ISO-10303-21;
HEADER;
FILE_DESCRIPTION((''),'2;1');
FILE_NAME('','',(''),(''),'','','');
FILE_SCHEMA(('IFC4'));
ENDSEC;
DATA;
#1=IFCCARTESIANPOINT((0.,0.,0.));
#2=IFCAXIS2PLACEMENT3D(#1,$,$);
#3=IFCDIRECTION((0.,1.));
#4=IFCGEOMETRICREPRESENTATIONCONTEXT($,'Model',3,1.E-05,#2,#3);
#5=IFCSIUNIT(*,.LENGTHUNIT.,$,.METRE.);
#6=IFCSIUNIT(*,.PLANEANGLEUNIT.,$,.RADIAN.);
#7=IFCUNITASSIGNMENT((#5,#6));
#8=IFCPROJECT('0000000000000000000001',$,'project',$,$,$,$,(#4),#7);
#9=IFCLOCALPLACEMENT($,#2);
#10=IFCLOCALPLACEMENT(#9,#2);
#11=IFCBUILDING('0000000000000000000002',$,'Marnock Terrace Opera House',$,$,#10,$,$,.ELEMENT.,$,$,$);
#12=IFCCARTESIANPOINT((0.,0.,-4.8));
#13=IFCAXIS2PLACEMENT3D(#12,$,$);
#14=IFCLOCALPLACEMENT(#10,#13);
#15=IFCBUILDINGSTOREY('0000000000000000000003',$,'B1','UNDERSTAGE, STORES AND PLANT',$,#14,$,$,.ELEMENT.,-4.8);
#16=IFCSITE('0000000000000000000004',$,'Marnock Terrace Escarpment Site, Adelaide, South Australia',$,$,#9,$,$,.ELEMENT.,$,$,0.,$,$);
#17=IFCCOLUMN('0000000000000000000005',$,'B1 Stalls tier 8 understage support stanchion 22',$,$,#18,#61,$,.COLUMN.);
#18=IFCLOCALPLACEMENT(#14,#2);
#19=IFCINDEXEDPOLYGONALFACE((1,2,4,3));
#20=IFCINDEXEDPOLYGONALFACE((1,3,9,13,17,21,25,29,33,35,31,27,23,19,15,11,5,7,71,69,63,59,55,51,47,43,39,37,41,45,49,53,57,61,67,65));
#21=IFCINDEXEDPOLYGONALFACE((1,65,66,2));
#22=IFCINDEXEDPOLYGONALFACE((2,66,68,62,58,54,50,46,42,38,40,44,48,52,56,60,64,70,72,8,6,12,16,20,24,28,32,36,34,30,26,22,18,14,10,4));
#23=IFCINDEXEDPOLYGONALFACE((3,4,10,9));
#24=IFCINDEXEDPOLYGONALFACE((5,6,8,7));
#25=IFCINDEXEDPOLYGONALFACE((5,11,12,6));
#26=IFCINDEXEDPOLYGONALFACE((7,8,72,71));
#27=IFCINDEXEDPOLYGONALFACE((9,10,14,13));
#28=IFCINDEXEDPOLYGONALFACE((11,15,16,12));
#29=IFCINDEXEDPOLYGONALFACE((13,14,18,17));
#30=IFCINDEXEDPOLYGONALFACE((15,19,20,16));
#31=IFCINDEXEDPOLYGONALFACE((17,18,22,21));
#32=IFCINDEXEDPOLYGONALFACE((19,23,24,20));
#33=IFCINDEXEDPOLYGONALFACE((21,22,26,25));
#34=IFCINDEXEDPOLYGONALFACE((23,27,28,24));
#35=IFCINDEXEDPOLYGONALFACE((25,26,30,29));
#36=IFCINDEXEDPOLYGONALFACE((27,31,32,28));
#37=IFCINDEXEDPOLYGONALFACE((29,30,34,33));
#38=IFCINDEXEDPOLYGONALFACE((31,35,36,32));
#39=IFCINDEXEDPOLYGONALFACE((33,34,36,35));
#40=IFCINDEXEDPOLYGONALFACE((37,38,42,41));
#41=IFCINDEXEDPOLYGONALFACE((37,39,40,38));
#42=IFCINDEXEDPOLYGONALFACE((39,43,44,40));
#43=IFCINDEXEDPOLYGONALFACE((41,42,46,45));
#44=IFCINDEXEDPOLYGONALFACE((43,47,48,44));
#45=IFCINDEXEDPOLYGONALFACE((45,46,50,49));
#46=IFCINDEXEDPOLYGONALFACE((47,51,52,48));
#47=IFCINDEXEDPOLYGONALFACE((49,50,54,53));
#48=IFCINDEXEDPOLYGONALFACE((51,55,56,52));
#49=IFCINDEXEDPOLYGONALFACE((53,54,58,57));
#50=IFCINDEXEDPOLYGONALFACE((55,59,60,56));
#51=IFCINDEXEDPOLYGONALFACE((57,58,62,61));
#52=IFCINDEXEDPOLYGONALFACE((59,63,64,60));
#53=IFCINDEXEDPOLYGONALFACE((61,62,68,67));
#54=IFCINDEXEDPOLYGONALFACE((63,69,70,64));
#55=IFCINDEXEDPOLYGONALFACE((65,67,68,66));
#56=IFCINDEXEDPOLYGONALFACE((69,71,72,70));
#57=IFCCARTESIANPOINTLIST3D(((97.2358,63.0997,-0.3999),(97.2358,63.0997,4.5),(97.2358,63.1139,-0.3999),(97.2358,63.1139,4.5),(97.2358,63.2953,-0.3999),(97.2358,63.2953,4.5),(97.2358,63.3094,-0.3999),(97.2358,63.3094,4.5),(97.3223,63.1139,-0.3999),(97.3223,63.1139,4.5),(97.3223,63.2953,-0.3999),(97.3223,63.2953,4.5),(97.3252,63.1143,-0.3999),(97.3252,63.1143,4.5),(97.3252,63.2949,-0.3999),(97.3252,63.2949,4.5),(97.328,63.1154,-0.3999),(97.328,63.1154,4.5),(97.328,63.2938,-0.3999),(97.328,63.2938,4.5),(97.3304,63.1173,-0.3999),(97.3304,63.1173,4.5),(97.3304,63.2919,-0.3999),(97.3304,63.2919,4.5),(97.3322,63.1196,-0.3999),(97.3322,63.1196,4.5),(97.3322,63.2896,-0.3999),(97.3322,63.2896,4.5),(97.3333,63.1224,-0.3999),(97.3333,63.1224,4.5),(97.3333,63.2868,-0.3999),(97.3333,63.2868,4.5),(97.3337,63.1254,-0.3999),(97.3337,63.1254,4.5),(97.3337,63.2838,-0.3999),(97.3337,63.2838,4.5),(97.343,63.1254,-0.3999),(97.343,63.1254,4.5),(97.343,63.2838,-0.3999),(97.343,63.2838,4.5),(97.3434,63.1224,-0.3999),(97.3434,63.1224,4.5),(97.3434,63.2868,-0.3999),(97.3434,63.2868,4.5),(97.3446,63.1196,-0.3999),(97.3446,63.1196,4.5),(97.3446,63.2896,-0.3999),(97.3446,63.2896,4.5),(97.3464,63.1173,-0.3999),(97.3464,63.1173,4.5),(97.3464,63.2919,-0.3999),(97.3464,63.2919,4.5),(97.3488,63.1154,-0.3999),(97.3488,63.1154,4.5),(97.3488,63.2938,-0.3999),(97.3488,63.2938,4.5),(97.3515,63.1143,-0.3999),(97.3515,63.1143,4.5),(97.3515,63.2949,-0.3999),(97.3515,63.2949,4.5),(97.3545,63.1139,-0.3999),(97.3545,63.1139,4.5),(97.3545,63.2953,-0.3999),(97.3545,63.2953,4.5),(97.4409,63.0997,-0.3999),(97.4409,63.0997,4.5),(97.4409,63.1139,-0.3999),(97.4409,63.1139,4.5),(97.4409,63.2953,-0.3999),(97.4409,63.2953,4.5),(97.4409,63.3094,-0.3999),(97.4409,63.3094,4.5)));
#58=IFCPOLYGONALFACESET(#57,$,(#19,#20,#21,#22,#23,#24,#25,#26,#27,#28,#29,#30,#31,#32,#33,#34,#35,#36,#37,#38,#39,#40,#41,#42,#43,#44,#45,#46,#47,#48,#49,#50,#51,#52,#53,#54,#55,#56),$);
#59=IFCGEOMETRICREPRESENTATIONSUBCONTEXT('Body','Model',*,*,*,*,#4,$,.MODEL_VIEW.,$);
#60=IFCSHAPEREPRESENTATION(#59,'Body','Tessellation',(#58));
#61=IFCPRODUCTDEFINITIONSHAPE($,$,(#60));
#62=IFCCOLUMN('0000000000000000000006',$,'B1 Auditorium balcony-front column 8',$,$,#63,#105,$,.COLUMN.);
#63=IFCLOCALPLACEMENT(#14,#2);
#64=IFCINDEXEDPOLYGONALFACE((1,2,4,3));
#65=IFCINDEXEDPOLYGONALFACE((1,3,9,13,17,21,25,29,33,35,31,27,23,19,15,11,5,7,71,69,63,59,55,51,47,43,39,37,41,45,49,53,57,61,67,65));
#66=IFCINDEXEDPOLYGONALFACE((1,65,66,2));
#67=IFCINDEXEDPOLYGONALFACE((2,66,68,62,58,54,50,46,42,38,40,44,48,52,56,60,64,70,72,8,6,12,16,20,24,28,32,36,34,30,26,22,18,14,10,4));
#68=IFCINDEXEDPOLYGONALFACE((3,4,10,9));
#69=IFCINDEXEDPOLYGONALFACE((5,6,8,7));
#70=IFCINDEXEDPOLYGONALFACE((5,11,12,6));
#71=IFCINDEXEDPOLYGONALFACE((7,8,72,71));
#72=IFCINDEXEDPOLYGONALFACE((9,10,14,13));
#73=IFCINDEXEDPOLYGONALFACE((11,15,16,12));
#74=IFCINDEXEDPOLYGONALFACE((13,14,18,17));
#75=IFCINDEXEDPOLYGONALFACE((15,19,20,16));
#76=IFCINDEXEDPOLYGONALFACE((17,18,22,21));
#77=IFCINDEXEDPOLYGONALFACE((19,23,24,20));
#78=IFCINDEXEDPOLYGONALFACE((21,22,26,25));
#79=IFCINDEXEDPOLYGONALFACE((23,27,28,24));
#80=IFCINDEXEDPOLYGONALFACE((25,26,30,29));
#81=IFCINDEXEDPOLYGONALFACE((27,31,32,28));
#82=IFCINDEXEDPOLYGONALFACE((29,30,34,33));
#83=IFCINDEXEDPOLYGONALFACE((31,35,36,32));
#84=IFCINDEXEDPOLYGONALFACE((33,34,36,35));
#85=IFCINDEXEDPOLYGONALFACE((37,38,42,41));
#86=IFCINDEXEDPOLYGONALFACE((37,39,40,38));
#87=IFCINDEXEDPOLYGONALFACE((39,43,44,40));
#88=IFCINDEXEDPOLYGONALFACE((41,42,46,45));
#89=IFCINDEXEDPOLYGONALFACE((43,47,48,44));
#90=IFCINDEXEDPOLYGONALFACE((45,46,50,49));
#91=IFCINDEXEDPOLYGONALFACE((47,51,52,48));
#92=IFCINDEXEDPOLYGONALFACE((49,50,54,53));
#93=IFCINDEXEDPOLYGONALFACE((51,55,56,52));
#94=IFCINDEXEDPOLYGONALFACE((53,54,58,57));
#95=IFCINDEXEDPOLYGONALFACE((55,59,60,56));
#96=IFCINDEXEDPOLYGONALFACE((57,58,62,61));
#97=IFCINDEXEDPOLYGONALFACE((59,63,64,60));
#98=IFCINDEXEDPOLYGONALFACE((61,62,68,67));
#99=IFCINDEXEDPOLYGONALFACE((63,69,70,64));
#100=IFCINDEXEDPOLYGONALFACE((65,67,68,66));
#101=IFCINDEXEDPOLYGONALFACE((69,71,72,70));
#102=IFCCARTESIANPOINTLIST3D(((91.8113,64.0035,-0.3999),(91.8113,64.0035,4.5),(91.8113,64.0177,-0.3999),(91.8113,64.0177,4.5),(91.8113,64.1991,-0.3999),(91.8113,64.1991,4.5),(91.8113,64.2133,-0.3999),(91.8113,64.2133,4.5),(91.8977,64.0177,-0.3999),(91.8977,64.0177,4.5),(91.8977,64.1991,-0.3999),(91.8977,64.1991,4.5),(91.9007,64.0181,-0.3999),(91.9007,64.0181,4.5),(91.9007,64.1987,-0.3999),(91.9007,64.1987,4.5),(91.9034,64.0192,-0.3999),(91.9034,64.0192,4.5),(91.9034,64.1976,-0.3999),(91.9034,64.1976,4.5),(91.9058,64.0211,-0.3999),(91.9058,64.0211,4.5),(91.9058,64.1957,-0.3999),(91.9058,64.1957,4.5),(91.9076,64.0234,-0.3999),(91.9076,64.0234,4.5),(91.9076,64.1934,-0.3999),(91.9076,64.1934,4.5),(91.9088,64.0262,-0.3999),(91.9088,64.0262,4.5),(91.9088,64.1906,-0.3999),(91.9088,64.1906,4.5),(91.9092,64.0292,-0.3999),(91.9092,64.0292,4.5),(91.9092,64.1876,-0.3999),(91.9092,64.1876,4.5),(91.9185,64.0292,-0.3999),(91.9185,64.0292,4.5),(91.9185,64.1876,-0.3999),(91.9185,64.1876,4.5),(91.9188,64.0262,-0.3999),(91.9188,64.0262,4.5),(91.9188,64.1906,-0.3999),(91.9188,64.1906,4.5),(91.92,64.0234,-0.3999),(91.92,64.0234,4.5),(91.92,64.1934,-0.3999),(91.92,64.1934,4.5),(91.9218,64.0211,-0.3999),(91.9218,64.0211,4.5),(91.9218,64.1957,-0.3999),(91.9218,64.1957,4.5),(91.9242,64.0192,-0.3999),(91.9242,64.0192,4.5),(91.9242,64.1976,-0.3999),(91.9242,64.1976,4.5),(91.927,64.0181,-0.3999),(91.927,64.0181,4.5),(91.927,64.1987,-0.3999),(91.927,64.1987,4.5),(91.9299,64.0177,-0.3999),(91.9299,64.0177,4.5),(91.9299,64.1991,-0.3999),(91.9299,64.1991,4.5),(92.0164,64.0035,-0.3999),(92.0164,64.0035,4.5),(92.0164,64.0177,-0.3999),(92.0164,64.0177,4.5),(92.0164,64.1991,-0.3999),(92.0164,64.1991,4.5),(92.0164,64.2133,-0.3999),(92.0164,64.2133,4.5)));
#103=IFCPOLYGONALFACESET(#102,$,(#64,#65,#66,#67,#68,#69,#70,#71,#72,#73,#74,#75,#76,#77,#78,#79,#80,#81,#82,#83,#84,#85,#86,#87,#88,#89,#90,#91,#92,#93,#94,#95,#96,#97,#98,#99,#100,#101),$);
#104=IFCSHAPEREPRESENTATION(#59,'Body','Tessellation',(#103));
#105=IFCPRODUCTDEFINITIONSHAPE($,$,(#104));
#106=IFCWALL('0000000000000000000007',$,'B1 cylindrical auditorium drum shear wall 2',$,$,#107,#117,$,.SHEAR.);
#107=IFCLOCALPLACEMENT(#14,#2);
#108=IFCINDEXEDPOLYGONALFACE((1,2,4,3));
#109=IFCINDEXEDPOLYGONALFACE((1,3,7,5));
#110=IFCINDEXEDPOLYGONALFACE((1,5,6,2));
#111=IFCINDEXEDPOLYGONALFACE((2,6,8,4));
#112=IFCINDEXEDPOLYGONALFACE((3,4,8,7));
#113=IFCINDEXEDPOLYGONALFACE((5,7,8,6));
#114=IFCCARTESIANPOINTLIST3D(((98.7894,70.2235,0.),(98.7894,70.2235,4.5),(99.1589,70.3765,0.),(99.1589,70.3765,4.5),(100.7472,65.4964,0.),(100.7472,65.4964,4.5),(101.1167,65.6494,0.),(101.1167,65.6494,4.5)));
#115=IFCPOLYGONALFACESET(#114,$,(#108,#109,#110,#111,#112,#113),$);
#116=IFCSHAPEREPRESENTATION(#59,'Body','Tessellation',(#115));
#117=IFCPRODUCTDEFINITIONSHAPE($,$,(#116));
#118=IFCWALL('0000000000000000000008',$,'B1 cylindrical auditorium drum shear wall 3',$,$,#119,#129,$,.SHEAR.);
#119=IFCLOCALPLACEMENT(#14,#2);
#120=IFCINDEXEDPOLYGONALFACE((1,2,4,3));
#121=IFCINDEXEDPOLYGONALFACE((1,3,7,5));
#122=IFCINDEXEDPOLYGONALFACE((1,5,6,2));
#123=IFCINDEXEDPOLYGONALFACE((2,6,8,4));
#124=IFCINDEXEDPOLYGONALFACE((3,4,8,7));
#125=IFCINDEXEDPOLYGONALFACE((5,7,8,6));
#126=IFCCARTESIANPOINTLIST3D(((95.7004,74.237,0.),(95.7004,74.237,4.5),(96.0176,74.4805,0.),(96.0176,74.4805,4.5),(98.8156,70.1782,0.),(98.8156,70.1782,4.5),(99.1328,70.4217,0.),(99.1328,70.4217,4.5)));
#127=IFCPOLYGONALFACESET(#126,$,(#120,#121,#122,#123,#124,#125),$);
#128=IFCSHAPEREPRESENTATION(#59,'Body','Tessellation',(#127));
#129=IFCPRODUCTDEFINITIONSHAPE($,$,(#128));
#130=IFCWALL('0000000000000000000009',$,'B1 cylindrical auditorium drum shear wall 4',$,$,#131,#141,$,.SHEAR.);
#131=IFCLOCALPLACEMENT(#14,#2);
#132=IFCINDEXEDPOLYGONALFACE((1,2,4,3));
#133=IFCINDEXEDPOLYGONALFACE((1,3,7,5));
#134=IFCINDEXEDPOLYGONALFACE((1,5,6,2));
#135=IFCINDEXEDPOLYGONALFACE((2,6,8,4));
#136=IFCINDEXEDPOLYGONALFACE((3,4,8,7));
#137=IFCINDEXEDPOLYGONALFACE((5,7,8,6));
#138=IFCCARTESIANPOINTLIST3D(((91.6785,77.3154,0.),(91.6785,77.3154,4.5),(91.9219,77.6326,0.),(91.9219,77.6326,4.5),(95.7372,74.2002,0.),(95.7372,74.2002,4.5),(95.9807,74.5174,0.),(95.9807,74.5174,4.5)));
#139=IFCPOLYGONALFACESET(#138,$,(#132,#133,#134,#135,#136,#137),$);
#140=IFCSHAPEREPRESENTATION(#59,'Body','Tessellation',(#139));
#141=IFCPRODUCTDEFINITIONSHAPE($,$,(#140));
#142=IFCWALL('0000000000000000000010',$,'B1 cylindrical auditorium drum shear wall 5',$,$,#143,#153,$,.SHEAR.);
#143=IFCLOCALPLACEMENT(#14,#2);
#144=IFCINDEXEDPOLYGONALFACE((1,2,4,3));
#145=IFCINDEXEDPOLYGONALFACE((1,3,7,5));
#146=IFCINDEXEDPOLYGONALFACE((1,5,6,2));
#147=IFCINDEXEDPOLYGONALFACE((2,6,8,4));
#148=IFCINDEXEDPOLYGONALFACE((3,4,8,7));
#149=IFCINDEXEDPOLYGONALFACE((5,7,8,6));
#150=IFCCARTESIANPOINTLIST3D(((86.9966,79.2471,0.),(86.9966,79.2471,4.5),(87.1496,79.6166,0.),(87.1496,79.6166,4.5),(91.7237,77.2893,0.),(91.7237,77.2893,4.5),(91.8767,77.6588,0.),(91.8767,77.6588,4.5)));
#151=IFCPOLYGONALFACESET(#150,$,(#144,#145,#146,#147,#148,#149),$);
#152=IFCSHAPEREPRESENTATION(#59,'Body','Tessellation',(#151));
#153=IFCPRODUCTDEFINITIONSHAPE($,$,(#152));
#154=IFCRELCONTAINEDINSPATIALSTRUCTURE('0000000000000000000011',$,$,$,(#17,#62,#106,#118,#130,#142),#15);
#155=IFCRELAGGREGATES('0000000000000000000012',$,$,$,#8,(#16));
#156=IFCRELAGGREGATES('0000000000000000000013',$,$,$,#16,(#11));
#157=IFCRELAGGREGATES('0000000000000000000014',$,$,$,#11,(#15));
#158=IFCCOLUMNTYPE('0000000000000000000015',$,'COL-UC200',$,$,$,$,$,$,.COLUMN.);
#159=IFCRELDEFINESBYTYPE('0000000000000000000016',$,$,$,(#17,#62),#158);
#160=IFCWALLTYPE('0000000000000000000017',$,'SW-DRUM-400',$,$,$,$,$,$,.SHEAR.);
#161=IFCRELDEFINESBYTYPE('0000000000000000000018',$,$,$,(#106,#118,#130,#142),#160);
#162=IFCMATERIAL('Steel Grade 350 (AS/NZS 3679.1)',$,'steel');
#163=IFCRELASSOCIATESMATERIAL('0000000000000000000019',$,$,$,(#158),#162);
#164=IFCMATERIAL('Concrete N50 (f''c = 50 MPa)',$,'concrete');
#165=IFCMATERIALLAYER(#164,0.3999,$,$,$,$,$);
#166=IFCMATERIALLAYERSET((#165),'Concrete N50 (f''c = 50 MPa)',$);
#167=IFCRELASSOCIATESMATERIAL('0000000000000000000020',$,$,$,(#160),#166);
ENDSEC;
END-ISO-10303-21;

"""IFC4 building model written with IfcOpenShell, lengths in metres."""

from ifc_helpers import new_model, si_unit, direction, frame, frame_2d, origin, origin_2d, place, context, subcontext, project, spatial, rectangle, i_section, extrude, material, layer, layer_set, material_profile, profile_set, type_object, element, save


model = new_model("IFC4")

# Units and contexts
model_context = context("Model", 3, precision=1e-05, world=origin(), true_north=direction((0.0, 1.0)))
body_context = subcontext(model_context, "Body", "Model", "MODEL_VIEW")
ifc_project = project(units=[si_unit("LENGTHUNIT", "METRE"), si_unit("PLANEANGLEUNIT", "RADIAN")], contexts=[model_context])

# Site, building, storey
site_placement = place(None, origin())
site = spatial("IfcSite", under=ifc_project, at=site_placement, Name="Marnock Terrace Escarpment Site, Adelaide, South Australia", CompositionType="ELEMENT", RefElevation=0.0)
building_placement = place(site_placement, origin())
building = spatial("IfcBuilding", under=site, at=building_placement, Name="Marnock Terrace Opera House", CompositionType="ELEMENT")
storey_placement = place(building_placement, frame((0.0, 0.0, -4.8)))
storey = spatial("IfcBuildingStorey", under=building, at=storey_placement, Name="B1", Description="UNDERSTAGE, STORES AND PLANT", CompositionType="ELEMENT", Elevation=-4.8)

# Columns
ifc_material_1 = material(Name="Concrete N50 (f'c = 50 MPa)", Category="concrete")
ifc_material_2 = material(Name="Steel Grade 350 (AS/NZS 3679.1)", Category="steel")
ifc_material_profile_1 = material_profile(ifc_material_2, i_section(OverallWidth=0.2051, OverallDepth=0.2097, WebThickness=0.0093, FlangeThickness=0.0142, FilletRadius=0.0115, at=origin_2d()))
ifc_profile_set_1 = profile_set([ifc_material_profile_1], Name="Steel Grade 350 (AS/NZS 3679.1)")
column_type_1 = type_object("IfcColumnType", Name="COL-UC200", PredefinedType="COLUMN", material=ifc_profile_set_1)
for number, where, z_axis, x_axis, name in (
    (1, (97.3384, 63.2046, -0.3999), (0.0, 0.0, 1.0), (1.0, 0.0, 0.0), "B1 Stalls tier 8 understage support stanchion 22"),
    (2, (91.9138, 64.1084, -0.3999), (0.0, 0.0, 1.0), (1.0, 0.0, 0.0), "B1 Auditorium balcony-front column 8"),
):
    element("IfcColumn", number, at=place(storey_placement, frame(where, z_axis=z_axis, x_axis=x_axis)), inside=storey, type_object=column_type_1, Name=name, PredefinedType="COLUMN", context=body_context, shape_type="SweptSolid", body=[
        extrude(i_section(OverallWidth=0.2051, OverallDepth=0.2097, WebThickness=0.0093, FlangeThickness=0.0142, FilletRadius=0.0115, at=origin_2d()), origin(), (0.0, 0.0, 1.0), 4.8999),
    ])

# Walls
ifc_layer_1 = layer(ifc_material_1, 0.3999)
ifc_layer_set_1 = layer_set([ifc_layer_1], Name="Concrete N50 (f'c = 50 MPa)")
wall_type = type_object("IfcWallType", Name="SW-DRUM-400", PredefinedType="SHEAR", material=ifc_layer_set_1)
for number, where, z_axis, x_axis, name in (
    (3, (100.9319, 65.573, 0.0), (0.0, 0.0, 1.0), (-0.382643, 0.923896, 0.0), "B1 cylindrical auditorium drum shear wall 2"),
    (4, (98.9741, 70.3, 0.0), (0.0, 0.0, 1.0), (-0.608857, 0.79328, 0.0), "B1 cylindrical auditorium drum shear wall 3"),
    (5, (95.8589, 74.3589, 0.0), (0.0, 0.0, 1.0), (-0.79328, 0.608857, 0.0), "B1 cylindrical auditorium drum shear wall 4"),
    (6, (91.8, 77.4741, 0.0), (0.0, 0.0, 1.0), (-0.923896, 0.382643, 0.0), "B1 cylindrical auditorium drum shear wall 5"),
):
    element("IfcWall", number, at=place(storey_placement, frame(where, z_axis=z_axis, x_axis=x_axis)), inside=storey, type_object=wall_type, Name=name, PredefinedType="SHEAR", context=body_context, shape_type="SweptSolid", body=[
        extrude(rectangle(XDim=5.1165, YDim=0.3999, at=frame_2d((2.5581, 0.0))), origin(), (0.0, 0.0, 1.0), 4.5),
    ])

save(model, "model.ifc")
